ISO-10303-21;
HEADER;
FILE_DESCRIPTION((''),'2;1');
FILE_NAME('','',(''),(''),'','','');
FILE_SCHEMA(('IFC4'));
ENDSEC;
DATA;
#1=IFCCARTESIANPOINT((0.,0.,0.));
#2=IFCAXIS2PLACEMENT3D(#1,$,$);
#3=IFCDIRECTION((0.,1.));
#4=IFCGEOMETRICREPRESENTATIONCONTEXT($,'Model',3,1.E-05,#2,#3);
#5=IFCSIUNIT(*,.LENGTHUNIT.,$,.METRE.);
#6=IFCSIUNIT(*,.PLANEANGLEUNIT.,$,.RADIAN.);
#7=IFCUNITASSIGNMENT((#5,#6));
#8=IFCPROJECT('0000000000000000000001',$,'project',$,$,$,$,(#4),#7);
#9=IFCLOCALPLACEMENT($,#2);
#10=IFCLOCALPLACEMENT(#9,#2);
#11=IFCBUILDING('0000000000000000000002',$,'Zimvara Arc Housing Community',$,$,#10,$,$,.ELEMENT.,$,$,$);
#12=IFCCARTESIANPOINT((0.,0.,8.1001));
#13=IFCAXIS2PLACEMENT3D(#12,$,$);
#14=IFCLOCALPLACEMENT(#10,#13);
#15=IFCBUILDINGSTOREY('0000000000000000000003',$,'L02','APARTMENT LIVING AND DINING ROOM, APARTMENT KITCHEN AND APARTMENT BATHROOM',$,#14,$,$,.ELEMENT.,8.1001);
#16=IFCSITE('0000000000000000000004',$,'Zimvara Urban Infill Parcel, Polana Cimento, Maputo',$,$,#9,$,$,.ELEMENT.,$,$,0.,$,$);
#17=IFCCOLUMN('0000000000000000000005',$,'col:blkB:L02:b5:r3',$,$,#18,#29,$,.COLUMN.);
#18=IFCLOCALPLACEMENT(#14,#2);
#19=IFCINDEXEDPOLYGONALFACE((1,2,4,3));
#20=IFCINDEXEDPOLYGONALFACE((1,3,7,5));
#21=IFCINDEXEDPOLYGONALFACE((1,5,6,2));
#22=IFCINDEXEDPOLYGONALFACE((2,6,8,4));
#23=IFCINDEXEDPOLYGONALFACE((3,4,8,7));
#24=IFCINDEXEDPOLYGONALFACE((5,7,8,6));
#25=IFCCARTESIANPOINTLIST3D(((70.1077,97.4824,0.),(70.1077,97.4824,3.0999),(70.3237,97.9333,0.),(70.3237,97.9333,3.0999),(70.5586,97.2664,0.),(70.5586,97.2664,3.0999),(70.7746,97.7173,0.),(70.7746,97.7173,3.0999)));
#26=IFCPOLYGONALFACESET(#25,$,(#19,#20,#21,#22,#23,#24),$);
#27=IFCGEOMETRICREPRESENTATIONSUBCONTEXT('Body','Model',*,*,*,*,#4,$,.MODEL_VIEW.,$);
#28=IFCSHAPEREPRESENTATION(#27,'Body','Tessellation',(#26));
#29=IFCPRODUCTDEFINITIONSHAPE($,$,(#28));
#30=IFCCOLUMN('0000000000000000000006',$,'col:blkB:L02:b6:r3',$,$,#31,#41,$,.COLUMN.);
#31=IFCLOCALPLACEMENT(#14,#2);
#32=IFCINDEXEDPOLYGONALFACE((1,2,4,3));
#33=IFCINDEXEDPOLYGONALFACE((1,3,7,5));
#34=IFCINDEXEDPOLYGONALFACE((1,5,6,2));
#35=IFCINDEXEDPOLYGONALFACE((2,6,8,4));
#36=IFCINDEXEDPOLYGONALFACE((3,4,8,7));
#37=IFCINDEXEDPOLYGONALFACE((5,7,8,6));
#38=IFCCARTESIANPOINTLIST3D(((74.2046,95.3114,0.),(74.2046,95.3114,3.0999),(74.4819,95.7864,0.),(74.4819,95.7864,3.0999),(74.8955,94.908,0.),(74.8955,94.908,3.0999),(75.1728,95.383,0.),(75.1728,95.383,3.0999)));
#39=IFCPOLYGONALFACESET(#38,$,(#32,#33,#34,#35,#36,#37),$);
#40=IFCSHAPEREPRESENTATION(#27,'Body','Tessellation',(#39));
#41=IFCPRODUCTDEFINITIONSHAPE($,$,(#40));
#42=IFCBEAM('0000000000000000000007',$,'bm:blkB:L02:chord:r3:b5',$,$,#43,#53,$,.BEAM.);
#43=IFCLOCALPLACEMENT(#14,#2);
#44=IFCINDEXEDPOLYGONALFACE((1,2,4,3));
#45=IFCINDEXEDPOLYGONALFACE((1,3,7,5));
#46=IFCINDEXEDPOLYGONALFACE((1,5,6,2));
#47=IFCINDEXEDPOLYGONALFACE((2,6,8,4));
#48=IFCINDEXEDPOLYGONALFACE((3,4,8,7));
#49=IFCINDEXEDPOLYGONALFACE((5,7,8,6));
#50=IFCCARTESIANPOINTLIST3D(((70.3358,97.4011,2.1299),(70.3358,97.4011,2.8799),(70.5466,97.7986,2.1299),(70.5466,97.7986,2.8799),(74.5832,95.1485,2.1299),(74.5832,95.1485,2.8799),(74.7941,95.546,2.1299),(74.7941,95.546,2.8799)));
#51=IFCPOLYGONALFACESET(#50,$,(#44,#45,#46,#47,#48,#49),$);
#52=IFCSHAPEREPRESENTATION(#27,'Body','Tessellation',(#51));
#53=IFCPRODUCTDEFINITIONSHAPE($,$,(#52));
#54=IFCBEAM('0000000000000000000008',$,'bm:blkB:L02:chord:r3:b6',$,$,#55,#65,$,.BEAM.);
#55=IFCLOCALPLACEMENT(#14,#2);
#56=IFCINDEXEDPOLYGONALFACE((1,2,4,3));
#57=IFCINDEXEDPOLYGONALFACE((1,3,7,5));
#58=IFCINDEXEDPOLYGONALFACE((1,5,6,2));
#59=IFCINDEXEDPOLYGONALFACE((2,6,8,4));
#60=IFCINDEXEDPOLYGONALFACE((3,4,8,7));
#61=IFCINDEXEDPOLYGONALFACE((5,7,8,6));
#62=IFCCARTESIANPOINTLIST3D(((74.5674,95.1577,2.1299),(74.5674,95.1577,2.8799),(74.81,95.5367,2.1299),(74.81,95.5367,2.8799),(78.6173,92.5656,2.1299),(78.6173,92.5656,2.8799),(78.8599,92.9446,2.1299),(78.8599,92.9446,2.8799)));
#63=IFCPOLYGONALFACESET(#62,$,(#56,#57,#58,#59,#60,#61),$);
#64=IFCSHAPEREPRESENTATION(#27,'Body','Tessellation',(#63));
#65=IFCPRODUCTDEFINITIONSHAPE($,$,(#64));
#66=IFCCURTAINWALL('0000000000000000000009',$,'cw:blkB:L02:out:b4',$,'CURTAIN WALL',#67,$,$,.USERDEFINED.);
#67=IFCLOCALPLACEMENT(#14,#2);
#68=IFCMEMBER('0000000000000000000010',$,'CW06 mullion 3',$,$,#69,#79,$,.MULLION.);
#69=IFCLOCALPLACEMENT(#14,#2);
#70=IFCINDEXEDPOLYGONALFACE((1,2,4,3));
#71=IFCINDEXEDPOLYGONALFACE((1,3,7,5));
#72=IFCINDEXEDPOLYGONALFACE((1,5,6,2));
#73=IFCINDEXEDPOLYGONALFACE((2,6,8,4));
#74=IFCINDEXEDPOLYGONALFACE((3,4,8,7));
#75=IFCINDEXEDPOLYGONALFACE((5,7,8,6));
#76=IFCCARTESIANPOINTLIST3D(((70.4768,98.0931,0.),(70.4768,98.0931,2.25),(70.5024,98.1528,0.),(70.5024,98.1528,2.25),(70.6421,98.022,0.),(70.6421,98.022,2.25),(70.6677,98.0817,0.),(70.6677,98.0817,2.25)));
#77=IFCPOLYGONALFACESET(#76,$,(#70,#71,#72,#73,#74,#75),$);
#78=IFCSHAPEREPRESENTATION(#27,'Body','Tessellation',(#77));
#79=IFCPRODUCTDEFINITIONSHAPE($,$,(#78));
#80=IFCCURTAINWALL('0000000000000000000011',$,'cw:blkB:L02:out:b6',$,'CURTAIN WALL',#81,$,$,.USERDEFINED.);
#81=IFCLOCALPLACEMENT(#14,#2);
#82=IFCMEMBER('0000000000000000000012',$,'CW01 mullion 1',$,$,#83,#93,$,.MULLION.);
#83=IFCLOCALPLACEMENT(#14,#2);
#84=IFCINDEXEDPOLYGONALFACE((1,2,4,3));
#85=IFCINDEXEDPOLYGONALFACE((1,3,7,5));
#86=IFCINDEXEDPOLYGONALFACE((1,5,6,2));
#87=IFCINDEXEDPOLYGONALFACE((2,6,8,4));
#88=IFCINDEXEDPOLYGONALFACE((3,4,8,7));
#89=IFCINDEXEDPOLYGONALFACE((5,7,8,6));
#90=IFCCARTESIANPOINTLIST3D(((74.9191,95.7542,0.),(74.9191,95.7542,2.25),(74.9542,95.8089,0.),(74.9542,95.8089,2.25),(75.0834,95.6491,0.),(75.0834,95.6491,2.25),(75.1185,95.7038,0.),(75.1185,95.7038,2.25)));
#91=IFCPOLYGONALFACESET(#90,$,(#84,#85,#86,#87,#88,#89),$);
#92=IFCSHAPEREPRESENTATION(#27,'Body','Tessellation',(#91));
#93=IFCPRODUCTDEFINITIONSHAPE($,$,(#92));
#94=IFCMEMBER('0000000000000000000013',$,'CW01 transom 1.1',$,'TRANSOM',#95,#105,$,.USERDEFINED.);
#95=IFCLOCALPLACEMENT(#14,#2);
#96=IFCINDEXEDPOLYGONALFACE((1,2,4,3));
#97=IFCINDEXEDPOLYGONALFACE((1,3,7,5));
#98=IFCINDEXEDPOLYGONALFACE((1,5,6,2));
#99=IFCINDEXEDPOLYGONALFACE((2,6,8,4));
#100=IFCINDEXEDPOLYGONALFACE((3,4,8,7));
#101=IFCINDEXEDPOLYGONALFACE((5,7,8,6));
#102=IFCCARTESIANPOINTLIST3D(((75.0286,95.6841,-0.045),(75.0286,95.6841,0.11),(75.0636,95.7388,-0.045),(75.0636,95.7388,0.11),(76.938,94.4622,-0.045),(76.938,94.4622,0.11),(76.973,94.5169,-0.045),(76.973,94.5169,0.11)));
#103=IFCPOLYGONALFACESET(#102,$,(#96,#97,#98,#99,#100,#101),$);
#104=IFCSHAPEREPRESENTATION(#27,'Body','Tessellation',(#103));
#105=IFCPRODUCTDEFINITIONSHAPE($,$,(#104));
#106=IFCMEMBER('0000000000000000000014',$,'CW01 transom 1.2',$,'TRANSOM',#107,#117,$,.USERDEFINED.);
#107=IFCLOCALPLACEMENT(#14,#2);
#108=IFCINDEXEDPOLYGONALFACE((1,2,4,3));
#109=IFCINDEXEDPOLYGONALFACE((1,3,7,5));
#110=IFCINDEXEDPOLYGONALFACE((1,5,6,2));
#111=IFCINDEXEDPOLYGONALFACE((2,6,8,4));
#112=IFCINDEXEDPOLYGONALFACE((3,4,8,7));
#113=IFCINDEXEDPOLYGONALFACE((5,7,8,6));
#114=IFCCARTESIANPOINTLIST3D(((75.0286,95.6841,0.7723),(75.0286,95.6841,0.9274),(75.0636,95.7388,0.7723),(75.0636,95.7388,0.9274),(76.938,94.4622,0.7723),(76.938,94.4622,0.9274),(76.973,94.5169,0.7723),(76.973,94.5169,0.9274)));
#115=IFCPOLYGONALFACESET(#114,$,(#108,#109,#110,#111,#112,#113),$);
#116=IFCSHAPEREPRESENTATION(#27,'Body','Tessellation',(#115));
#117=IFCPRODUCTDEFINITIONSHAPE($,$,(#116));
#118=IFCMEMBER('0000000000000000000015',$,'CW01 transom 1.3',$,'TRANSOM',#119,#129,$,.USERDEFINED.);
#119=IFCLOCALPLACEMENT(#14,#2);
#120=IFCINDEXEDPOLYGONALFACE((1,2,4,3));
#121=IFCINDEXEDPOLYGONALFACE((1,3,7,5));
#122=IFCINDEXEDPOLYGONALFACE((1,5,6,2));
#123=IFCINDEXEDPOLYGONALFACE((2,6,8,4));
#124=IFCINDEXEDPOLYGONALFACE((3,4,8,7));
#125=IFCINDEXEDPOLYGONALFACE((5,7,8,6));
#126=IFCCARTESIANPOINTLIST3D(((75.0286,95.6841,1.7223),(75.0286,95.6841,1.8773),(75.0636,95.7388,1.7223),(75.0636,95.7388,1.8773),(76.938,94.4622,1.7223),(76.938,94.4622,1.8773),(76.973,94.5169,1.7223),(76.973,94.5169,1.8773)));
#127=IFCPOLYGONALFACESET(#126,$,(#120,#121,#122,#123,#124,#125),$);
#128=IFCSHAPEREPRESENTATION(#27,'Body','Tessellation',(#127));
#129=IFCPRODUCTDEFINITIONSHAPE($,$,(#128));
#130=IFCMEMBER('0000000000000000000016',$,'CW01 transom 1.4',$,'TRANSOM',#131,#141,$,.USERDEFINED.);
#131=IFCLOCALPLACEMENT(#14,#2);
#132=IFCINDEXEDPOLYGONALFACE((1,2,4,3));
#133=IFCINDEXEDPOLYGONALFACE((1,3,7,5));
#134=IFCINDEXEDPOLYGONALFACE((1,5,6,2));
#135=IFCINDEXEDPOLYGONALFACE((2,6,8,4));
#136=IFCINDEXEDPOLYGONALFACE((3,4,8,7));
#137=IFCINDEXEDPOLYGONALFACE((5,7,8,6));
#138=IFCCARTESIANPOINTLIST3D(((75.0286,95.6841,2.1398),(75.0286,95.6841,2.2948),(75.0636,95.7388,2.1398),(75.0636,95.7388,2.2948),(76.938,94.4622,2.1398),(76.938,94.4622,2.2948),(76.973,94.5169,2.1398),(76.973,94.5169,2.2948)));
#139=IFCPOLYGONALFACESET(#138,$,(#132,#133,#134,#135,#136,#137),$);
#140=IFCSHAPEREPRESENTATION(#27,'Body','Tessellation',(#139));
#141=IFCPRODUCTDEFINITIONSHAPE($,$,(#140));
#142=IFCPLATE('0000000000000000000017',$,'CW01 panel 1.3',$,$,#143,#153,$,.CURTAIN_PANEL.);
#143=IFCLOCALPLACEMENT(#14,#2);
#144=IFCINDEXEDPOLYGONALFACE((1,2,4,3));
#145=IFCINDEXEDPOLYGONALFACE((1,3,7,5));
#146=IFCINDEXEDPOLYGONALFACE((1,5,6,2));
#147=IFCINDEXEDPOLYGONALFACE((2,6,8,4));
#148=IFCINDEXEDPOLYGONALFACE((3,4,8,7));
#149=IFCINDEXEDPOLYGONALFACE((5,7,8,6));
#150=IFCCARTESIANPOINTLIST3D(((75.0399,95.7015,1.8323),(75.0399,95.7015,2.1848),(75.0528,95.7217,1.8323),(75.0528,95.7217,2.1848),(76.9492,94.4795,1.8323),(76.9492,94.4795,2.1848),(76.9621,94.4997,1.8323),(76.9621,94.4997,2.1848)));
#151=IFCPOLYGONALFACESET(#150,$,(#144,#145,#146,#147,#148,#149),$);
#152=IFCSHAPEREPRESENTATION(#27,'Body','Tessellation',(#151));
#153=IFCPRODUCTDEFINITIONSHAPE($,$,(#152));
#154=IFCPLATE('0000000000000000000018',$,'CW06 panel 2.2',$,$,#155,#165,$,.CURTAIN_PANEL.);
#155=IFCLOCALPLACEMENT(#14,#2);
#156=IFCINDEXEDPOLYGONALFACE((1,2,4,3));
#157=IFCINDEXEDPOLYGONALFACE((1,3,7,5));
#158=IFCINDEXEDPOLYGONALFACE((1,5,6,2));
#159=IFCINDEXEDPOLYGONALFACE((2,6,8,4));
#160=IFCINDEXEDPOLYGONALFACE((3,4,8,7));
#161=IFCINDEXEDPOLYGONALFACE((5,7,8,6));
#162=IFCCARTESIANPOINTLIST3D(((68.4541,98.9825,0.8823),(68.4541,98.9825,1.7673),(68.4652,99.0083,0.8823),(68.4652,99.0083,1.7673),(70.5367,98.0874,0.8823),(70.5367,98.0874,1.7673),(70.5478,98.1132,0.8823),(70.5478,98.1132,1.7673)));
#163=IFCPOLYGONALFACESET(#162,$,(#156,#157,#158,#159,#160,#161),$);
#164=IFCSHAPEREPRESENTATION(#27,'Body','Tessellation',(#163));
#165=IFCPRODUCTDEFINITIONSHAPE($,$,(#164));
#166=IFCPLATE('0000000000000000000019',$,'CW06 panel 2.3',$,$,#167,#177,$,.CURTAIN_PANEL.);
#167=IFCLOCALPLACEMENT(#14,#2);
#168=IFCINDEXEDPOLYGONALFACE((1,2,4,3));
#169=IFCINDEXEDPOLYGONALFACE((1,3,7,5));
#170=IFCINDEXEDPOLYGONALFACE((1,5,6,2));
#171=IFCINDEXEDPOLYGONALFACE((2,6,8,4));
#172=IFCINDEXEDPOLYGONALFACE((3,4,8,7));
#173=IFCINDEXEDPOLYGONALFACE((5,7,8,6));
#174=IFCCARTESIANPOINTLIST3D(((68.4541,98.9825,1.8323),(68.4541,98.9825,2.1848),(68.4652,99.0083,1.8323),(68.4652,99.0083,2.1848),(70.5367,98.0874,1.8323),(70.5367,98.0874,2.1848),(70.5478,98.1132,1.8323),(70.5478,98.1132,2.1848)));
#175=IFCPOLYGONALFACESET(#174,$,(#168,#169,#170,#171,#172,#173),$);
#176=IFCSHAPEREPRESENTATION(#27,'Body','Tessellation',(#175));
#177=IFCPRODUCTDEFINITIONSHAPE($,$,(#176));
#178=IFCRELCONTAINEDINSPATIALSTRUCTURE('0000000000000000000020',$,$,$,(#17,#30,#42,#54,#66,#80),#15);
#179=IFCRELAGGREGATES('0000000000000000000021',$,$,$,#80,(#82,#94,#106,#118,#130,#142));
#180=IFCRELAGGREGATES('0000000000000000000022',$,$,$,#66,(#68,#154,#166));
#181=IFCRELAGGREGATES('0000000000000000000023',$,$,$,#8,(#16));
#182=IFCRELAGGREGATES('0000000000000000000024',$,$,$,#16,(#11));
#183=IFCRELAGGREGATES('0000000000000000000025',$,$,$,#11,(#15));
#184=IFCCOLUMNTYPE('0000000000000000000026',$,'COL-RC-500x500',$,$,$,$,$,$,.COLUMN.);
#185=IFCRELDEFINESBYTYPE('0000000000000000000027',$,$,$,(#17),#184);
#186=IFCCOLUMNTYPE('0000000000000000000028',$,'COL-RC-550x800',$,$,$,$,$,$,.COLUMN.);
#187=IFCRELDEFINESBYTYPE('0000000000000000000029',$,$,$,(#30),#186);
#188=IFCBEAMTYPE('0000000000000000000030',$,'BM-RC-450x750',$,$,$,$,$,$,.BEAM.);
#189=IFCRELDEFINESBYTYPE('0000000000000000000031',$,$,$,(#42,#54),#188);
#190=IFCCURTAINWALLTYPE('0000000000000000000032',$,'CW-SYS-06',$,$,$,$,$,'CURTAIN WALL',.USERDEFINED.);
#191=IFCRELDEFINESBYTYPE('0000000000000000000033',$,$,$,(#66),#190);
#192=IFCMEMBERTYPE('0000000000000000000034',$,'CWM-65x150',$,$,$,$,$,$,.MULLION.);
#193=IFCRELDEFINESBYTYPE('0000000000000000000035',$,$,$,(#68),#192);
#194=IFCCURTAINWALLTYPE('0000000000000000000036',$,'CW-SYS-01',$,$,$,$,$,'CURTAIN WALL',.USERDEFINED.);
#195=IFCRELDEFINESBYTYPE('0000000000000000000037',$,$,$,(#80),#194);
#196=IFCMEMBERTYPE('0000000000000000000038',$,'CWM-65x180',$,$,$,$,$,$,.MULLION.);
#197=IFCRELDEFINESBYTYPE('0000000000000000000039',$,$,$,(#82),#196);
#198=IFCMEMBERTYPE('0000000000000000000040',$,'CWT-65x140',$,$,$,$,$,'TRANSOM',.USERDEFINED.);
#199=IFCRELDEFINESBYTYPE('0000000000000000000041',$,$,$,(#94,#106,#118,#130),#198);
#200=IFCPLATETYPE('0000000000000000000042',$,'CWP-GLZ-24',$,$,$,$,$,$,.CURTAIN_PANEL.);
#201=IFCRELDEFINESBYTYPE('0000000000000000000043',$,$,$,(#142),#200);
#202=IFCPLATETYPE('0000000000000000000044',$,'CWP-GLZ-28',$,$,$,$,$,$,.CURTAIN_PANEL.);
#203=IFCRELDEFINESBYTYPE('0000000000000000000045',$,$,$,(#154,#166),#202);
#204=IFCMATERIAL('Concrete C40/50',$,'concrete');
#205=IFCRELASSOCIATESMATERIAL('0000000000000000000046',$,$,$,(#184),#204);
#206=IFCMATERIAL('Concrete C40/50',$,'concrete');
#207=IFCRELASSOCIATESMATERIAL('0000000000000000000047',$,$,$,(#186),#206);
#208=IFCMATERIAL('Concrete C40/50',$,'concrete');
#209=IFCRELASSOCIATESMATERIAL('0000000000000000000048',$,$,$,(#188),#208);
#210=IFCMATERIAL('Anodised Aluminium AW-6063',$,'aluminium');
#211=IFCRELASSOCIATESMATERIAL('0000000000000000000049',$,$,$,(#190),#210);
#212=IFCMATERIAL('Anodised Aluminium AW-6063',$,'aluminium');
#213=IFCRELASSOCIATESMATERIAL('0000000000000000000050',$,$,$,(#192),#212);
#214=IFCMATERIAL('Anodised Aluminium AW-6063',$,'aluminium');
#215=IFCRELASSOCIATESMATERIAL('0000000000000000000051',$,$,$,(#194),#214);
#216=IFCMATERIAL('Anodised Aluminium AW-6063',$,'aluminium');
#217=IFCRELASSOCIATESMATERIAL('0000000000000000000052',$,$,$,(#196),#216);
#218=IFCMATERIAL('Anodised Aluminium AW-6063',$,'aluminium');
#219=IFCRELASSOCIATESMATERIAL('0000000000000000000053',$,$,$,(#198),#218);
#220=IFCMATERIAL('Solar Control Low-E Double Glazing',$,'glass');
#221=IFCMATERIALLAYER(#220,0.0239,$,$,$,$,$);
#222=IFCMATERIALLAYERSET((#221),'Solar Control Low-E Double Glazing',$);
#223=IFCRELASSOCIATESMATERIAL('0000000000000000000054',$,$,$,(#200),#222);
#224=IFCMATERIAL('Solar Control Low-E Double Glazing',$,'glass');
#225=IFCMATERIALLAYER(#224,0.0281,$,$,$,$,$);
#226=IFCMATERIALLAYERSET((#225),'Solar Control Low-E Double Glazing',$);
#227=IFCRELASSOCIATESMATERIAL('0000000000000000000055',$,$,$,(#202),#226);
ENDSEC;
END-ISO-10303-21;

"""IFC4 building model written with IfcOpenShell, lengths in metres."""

from ifc_helpers import new_model, si_unit, direction, frame, origin, origin_2d, place, context, subcontext, project, spatial, rectangle, extrude, material, layer, layer_set, material_profile, profile_set, type_object, element, aggregate, save


model = new_model("IFC4")

# Units and contexts
model_context = context("Model", 3, precision=1e-05, world=origin(), true_north=direction((0.0, 1.0)))
body_context = subcontext(model_context, "Body", "Model", "MODEL_VIEW")
ifc_project = project(units=[si_unit("LENGTHUNIT", "METRE"), si_unit("PLANEANGLEUNIT", "RADIAN")], contexts=[model_context])

# Site, building, storey
site_placement = place(None, origin())
site = spatial("IfcSite", under=ifc_project, at=site_placement, Name="Zimvara Urban Infill Parcel, Polana Cimento, Maputo", CompositionType="ELEMENT", RefElevation=0.0)
building_placement = place(site_placement, origin())
building = spatial("IfcBuilding", under=site, at=building_placement, Name="Zimvara Arc Housing Community", CompositionType="ELEMENT")
storey_placement = place(building_placement, frame((0.0, 0.0, 8.1001)))
storey = spatial("IfcBuildingStorey", under=building, at=storey_placement, Name="L02", Description="APARTMENT LIVING AND DINING ROOM, APARTMENT KITCHEN AND APARTMENT BATHROOM", CompositionType="ELEMENT", Elevation=8.1001)

# Columns
ifc_material_1 = material(Name="Concrete C40/50", Category="concrete")
ifc_material_profile_1 = material_profile(ifc_material_1, rectangle(XDim=0.5, YDim=0.5, at=origin_2d()), Name="RC 500x500")
ifc_profile_set_1 = profile_set([ifc_material_profile_1], Name="Concrete C40/50")
column_type_1 = type_object("IfcColumnType", Name="COL-RC-500x500", PredefinedType="COLUMN", material=ifc_profile_set_1)
column_1_placement = place(storey_placement, frame((70.4412, 97.5999, 0.0), z_axis=(0.0, 0.0, 1.0), x_axis=(0.432086, 0.901833, 0.0)))
element("IfcColumn", 1, at=column_1_placement, inside=storey, type_object=column_type_1, Name="col:blkB:L02:b5:r3", PredefinedType="COLUMN", context=body_context, shape_type="SweptSolid", body=[
    extrude(rectangle(XDim=0.5, YDim=0.5, at=origin_2d()), origin(), (0.0, 0.0, 1.0), 3.0999),
])
ifc_material_2 = material(Name="Concrete C40/50", Category="concrete")
ifc_material_profile_2 = material_profile(ifc_material_2, rectangle(XDim=0.55, YDim=0.8, at=origin_2d()), Name="RC 550x800")
ifc_profile_set_2 = profile_set([ifc_material_profile_2], Name="Concrete C40/50")
column_type_2 = type_object("IfcColumnType", Name="COL-RC-550x800", PredefinedType="COLUMN", material=ifc_profile_set_2)
column_2_placement = place(storey_placement, frame((74.6887, 95.3472, 0.0), z_axis=(0.0, 0.0, 1.0), x_axis=(0.504226, 0.863572, 0.0)))
element("IfcColumn", 2, at=column_2_placement, inside=storey, type_object=column_type_2, Name="col:blkB:L02:b6:r3", PredefinedType="COLUMN", context=body_context, shape_type="SweptSolid", body=[
    extrude(rectangle(XDim=0.55, YDim=0.8, at=origin_2d()), origin(), (0.0, 0.0, 1.0), 3.0999),
])

# Beams
ifc_material_3 = material(Name="Concrete C40/50", Category="concrete")
ifc_material_profile_3 = material_profile(ifc_material_3, rectangle(XDim=0.45, YDim=0.75, at=origin_2d()), Name="RC 450x750")
ifc_profile_set_3 = profile_set([ifc_material_profile_3], Name="Concrete C40/50")
beam_type = type_object("IfcBeamType", Name="BM-RC-450x750", PredefinedType="BEAM", material=ifc_profile_set_3)
beam_1_placement = place(storey_placement, frame((70.4412, 97.5999, 2.5049), z_axis=(0.883446, -0.468534, 0.0), x_axis=(0.468534, 0.883446, 0.0)))
element("IfcBeam", 3, at=beam_1_placement, inside=storey, type_object=beam_type, Name="bm:blkB:L02:chord:r3:b5", PredefinedType="BEAM", context=body_context, shape_type="SweptSolid", body=[
    extrude(rectangle(XDim=0.45, YDim=0.75, at=origin_2d()), origin(), (0.0, 0.0, 1.0), 4.8079),
])
beam_2_placement = place(storey_placement, frame((74.6887, 95.3472, 2.5049), z_axis=(0.842256, -0.539078, 0.0), x_axis=(0.539078, 0.842256, 0.0)))
element("IfcBeam", 4, at=beam_2_placement, inside=storey, type_object=beam_type, Name="bm:blkB:L02:chord:r3:b6", PredefinedType="BEAM", context=body_context, shape_type="SweptSolid", body=[
    extrude(rectangle(XDim=0.45, YDim=0.75, at=origin_2d()), origin(), (0.0, 0.0, 1.0), 4.8083),
])

# Curtain wall, member
ifc_material_4 = material(Name="Anodised Aluminium AW-6063", Category="aluminium")
curtain_wall_type_1 = type_object("IfcCurtainWallType", Name="CW-SYS-06", ElementType="CURTAIN WALL", PredefinedType="USERDEFINED", material=ifc_material_4)
curtain_wall_1_placement = place(storey_placement, origin())
curtain_wall_1 = element("IfcCurtainWall", 5, at=curtain_wall_1_placement, inside=storey, type_object=curtain_wall_type_1, Name="cw:blkB:L02:out:b4", ObjectType="CURTAIN WALL", PredefinedType="USERDEFINED")
ifc_material_5 = material(Name="Anodised Aluminium AW-6063", Category="aluminium")
ifc_material_profile_4 = material_profile(ifc_material_5, rectangle(XDim=0.0649, YDim=0.1799, at=origin_2d()), Name="ALU 65x180")
ifc_profile_set_4 = profile_set([ifc_material_profile_4], Name="Anodised Aluminium AW-6063")
member_type_1 = type_object("IfcMemberType", Name="CWM-65x150", PredefinedType="MULLION", material=ifc_profile_set_4)
member_1_placement = place(storey_placement, frame((70.5723, 98.0874, 0.0), z_axis=(0.0, 0.0, 1.0), x_axis=(0.394904, 0.918722, 0.0)))
member_1 = element("IfcMember", 6, at=member_1_placement, type_object=member_type_1, Name="CW06 mullion 3", PredefinedType="MULLION", context=body_context, shape_type="SweptSolid", body=[
    extrude(rectangle(XDim=0.0649, YDim=0.1799, at=origin_2d()), origin(), (0.0, 0.0, 1.0), 2.25),
])

# Curtain wall, members, plate
ifc_material_6 = material(Name="Anodised Aluminium AW-6063", Category="aluminium")
curtain_wall_type_2 = type_object("IfcCurtainWallType", Name="CW-SYS-01", ElementType="CURTAIN WALL", PredefinedType="USERDEFINED", material=ifc_material_6)
curtain_wall_2_placement = place(storey_placement, origin())
curtain_wall_2 = element("IfcCurtainWall", 7, at=curtain_wall_2_placement, inside=storey, type_object=curtain_wall_type_2, Name="cw:blkB:L02:out:b6", ObjectType="CURTAIN WALL", PredefinedType="USERDEFINED")
ifc_material_7 = material(Name="Anodised Aluminium AW-6063", Category="aluminium")
ifc_material_profile_5 = material_profile(ifc_material_7, rectangle(XDim=0.0649, YDim=0.1951, at=origin_2d()), Name="ALU 65x195")
ifc_profile_set_5 = profile_set([ifc_material_profile_5], Name="Anodised Aluminium AW-6063")
member_type_2 = type_object("IfcMemberType", Name="CWM-65x180", PredefinedType="MULLION", material=ifc_profile_set_5)
member_2_placement = place(storey_placement, frame((75.0188, 95.729, 0.0), z_axis=(0.0, 0.0, 1.0), x_axis=(0.539065, 0.842264, 0.0)))
member_2 = element("IfcMember", 8, at=member_2_placement, type_object=member_type_2, Name="CW01 mullion 1", PredefinedType="MULLION", context=body_context, shape_type="SweptSolid", body=[
    extrude(rectangle(XDim=0.0649, YDim=0.1951, at=origin_2d()), origin(), (0.0, 0.0, 1.0), 2.25),
])
ifc_material_8 = material(Name="Anodised Aluminium AW-6063", Category="aluminium")
ifc_material_profile_6 = material_profile(ifc_material_8, rectangle(XDim=0.0649, YDim=0.155, at=origin_2d()), Name="ALU 65x155")
ifc_profile_set_6 = profile_set([ifc_material_profile_6], Name="Anodised Aluminium AW-6063")
member_type_3 = type_object("IfcMemberType", Name="CWT-65x140", ElementType="TRANSOM", PredefinedType="USERDEFINED", material=ifc_profile_set_6)
member_3_placement = place(storey_placement, frame((75.0461, 95.7114, 0.0325), z_axis=(0.842293, -0.53902, 0.0), x_axis=(0.53902, 0.842293, 0.0)))
member_3 = element("IfcMember", 9, at=member_3_placement, type_object=member_type_3, Name="CW01 transom 1.1", ObjectType="TRANSOM", PredefinedType="USERDEFINED", context=body_context, shape_type="SweptSolid", body=[
    extrude(rectangle(XDim=0.0649, YDim=0.155, at=origin_2d()), origin(), (0.0, 0.0, 1.0), 2.2668),
])
member_4_placement = place(storey_placement, frame((75.0461, 95.7114, 0.8499), z_axis=(0.842293, -0.53902, 0.0), x_axis=(0.53902, 0.842293, 0.0)))
member_4 = element("IfcMember", 10, at=member_4_placement, type_object=member_type_3, Name="CW01 transom 1.2", ObjectType="TRANSOM", PredefinedType="USERDEFINED", context=body_context, shape_type="SweptSolid", body=[
    extrude(rectangle(XDim=0.0649, YDim=0.155, at=origin_2d()), origin(), (0.0, 0.0, 1.0), 2.2668),
])
member_5_placement = place(storey_placement, frame((75.0461, 95.7114, 1.7998), z_axis=(0.842293, -0.53902, 0.0), x_axis=(0.53902, 0.842293, 0.0)))
member_5 = element("IfcMember", 11, at=member_5_placement, type_object=member_type_3, Name="CW01 transom 1.3", ObjectType="TRANSOM", PredefinedType="USERDEFINED", context=body_context, shape_type="SweptSolid", body=[
    extrude(rectangle(XDim=0.0649, YDim=0.155, at=origin_2d()), origin(), (0.0, 0.0, 1.0), 2.2668),
])
member_6_placement = place(storey_placement, frame((75.0461, 95.7114, 2.2173), z_axis=(0.842293, -0.53902, 0.0), x_axis=(0.53902, 0.842293, 0.0)))
member_6 = element("IfcMember", 12, at=member_6_placement, type_object=member_type_3, Name="CW01 transom 1.4", ObjectType="TRANSOM", PredefinedType="USERDEFINED", context=body_context, shape_type="SweptSolid", body=[
    extrude(rectangle(XDim=0.0649, YDim=0.155, at=origin_2d()), origin(), (0.0, 0.0, 1.0), 2.2668),
])
ifc_material_9 = material(Name="Solar Control Low-E Double Glazing", Category="glass")
ifc_layer_1 = layer(ifc_material_9, 0.0239)
ifc_layer_set_1 = layer_set([ifc_layer_1], Name="Solar Control Low-E Double Glazing")
plate_type_1 = type_object("IfcPlateType", Name="CWP-GLZ-24", PredefinedType="CURTAIN_PANEL", material=ifc_layer_set_1)
plate_1_placement = place(storey_placement, frame((76.001, 95.1006, 1.8323), z_axis=(0.0, 0.0, 1.0), x_axis=(0.842264, -0.539065, 0.0)))
plate_1 = element("IfcPlate", 13, at=plate_1_placement, type_object=plate_type_1, Name="CW01 panel 1.3", PredefinedType="CURTAIN_PANEL", context=body_context, shape_type="SweptSolid", body=[
    extrude(rectangle(XDim=2.2668, YDim=0.0239, at=origin_2d()), origin(), (0.0, 0.0, 1.0), 0.3525),
])
aggregate(curtain_wall_2, [member_2, member_3, member_4, member_5, member_6, plate_1])

# Plates
ifc_material_10 = material(Name="Solar Control Low-E Double Glazing", Category="glass")
ifc_layer_2 = layer(ifc_material_10, 0.0281)
ifc_layer_set_2 = layer_set([ifc_layer_2], Name="Solar Control Low-E Double Glazing")
plate_type_2 = type_object("IfcPlateType", Name="CWP-GLZ-28", PredefinedType="CURTAIN_PANEL", material=ifc_layer_set_2)
plate_2_placement = place(storey_placement, frame((69.501, 98.5479, 0.8823), z_axis=(0.0, 0.0, 1.0), x_axis=(0.918722, -0.394904, 0.0)))
plate_2 = element("IfcPlate", 14, at=plate_2_placement, type_object=plate_type_2, Name="CW06 panel 2.2", PredefinedType="CURTAIN_PANEL", context=body_context, shape_type="SweptSolid", body=[
    extrude(rectangle(XDim=2.2668, YDim=0.0281, at=origin_2d()), origin(), (0.0, 0.0, 1.0), 0.885),
])
plate_3_placement = place(storey_placement, frame((69.501, 98.5479, 1.8323), z_axis=(0.0, 0.0, 1.0), x_axis=(0.918722, -0.394904, 0.0)))
plate_3 = element("IfcPlate", 15, at=plate_3_placement, type_object=plate_type_2, Name="CW06 panel 2.3", PredefinedType="CURTAIN_PANEL", context=body_context, shape_type="SweptSolid", body=[
    extrude(rectangle(XDim=2.2668, YDim=0.0281, at=origin_2d()), origin(), (0.0, 0.0, 1.0), 0.3525),
])
aggregate(curtain_wall_1, [member_1, plate_2, plate_3])

save(model, "model.ifc")
